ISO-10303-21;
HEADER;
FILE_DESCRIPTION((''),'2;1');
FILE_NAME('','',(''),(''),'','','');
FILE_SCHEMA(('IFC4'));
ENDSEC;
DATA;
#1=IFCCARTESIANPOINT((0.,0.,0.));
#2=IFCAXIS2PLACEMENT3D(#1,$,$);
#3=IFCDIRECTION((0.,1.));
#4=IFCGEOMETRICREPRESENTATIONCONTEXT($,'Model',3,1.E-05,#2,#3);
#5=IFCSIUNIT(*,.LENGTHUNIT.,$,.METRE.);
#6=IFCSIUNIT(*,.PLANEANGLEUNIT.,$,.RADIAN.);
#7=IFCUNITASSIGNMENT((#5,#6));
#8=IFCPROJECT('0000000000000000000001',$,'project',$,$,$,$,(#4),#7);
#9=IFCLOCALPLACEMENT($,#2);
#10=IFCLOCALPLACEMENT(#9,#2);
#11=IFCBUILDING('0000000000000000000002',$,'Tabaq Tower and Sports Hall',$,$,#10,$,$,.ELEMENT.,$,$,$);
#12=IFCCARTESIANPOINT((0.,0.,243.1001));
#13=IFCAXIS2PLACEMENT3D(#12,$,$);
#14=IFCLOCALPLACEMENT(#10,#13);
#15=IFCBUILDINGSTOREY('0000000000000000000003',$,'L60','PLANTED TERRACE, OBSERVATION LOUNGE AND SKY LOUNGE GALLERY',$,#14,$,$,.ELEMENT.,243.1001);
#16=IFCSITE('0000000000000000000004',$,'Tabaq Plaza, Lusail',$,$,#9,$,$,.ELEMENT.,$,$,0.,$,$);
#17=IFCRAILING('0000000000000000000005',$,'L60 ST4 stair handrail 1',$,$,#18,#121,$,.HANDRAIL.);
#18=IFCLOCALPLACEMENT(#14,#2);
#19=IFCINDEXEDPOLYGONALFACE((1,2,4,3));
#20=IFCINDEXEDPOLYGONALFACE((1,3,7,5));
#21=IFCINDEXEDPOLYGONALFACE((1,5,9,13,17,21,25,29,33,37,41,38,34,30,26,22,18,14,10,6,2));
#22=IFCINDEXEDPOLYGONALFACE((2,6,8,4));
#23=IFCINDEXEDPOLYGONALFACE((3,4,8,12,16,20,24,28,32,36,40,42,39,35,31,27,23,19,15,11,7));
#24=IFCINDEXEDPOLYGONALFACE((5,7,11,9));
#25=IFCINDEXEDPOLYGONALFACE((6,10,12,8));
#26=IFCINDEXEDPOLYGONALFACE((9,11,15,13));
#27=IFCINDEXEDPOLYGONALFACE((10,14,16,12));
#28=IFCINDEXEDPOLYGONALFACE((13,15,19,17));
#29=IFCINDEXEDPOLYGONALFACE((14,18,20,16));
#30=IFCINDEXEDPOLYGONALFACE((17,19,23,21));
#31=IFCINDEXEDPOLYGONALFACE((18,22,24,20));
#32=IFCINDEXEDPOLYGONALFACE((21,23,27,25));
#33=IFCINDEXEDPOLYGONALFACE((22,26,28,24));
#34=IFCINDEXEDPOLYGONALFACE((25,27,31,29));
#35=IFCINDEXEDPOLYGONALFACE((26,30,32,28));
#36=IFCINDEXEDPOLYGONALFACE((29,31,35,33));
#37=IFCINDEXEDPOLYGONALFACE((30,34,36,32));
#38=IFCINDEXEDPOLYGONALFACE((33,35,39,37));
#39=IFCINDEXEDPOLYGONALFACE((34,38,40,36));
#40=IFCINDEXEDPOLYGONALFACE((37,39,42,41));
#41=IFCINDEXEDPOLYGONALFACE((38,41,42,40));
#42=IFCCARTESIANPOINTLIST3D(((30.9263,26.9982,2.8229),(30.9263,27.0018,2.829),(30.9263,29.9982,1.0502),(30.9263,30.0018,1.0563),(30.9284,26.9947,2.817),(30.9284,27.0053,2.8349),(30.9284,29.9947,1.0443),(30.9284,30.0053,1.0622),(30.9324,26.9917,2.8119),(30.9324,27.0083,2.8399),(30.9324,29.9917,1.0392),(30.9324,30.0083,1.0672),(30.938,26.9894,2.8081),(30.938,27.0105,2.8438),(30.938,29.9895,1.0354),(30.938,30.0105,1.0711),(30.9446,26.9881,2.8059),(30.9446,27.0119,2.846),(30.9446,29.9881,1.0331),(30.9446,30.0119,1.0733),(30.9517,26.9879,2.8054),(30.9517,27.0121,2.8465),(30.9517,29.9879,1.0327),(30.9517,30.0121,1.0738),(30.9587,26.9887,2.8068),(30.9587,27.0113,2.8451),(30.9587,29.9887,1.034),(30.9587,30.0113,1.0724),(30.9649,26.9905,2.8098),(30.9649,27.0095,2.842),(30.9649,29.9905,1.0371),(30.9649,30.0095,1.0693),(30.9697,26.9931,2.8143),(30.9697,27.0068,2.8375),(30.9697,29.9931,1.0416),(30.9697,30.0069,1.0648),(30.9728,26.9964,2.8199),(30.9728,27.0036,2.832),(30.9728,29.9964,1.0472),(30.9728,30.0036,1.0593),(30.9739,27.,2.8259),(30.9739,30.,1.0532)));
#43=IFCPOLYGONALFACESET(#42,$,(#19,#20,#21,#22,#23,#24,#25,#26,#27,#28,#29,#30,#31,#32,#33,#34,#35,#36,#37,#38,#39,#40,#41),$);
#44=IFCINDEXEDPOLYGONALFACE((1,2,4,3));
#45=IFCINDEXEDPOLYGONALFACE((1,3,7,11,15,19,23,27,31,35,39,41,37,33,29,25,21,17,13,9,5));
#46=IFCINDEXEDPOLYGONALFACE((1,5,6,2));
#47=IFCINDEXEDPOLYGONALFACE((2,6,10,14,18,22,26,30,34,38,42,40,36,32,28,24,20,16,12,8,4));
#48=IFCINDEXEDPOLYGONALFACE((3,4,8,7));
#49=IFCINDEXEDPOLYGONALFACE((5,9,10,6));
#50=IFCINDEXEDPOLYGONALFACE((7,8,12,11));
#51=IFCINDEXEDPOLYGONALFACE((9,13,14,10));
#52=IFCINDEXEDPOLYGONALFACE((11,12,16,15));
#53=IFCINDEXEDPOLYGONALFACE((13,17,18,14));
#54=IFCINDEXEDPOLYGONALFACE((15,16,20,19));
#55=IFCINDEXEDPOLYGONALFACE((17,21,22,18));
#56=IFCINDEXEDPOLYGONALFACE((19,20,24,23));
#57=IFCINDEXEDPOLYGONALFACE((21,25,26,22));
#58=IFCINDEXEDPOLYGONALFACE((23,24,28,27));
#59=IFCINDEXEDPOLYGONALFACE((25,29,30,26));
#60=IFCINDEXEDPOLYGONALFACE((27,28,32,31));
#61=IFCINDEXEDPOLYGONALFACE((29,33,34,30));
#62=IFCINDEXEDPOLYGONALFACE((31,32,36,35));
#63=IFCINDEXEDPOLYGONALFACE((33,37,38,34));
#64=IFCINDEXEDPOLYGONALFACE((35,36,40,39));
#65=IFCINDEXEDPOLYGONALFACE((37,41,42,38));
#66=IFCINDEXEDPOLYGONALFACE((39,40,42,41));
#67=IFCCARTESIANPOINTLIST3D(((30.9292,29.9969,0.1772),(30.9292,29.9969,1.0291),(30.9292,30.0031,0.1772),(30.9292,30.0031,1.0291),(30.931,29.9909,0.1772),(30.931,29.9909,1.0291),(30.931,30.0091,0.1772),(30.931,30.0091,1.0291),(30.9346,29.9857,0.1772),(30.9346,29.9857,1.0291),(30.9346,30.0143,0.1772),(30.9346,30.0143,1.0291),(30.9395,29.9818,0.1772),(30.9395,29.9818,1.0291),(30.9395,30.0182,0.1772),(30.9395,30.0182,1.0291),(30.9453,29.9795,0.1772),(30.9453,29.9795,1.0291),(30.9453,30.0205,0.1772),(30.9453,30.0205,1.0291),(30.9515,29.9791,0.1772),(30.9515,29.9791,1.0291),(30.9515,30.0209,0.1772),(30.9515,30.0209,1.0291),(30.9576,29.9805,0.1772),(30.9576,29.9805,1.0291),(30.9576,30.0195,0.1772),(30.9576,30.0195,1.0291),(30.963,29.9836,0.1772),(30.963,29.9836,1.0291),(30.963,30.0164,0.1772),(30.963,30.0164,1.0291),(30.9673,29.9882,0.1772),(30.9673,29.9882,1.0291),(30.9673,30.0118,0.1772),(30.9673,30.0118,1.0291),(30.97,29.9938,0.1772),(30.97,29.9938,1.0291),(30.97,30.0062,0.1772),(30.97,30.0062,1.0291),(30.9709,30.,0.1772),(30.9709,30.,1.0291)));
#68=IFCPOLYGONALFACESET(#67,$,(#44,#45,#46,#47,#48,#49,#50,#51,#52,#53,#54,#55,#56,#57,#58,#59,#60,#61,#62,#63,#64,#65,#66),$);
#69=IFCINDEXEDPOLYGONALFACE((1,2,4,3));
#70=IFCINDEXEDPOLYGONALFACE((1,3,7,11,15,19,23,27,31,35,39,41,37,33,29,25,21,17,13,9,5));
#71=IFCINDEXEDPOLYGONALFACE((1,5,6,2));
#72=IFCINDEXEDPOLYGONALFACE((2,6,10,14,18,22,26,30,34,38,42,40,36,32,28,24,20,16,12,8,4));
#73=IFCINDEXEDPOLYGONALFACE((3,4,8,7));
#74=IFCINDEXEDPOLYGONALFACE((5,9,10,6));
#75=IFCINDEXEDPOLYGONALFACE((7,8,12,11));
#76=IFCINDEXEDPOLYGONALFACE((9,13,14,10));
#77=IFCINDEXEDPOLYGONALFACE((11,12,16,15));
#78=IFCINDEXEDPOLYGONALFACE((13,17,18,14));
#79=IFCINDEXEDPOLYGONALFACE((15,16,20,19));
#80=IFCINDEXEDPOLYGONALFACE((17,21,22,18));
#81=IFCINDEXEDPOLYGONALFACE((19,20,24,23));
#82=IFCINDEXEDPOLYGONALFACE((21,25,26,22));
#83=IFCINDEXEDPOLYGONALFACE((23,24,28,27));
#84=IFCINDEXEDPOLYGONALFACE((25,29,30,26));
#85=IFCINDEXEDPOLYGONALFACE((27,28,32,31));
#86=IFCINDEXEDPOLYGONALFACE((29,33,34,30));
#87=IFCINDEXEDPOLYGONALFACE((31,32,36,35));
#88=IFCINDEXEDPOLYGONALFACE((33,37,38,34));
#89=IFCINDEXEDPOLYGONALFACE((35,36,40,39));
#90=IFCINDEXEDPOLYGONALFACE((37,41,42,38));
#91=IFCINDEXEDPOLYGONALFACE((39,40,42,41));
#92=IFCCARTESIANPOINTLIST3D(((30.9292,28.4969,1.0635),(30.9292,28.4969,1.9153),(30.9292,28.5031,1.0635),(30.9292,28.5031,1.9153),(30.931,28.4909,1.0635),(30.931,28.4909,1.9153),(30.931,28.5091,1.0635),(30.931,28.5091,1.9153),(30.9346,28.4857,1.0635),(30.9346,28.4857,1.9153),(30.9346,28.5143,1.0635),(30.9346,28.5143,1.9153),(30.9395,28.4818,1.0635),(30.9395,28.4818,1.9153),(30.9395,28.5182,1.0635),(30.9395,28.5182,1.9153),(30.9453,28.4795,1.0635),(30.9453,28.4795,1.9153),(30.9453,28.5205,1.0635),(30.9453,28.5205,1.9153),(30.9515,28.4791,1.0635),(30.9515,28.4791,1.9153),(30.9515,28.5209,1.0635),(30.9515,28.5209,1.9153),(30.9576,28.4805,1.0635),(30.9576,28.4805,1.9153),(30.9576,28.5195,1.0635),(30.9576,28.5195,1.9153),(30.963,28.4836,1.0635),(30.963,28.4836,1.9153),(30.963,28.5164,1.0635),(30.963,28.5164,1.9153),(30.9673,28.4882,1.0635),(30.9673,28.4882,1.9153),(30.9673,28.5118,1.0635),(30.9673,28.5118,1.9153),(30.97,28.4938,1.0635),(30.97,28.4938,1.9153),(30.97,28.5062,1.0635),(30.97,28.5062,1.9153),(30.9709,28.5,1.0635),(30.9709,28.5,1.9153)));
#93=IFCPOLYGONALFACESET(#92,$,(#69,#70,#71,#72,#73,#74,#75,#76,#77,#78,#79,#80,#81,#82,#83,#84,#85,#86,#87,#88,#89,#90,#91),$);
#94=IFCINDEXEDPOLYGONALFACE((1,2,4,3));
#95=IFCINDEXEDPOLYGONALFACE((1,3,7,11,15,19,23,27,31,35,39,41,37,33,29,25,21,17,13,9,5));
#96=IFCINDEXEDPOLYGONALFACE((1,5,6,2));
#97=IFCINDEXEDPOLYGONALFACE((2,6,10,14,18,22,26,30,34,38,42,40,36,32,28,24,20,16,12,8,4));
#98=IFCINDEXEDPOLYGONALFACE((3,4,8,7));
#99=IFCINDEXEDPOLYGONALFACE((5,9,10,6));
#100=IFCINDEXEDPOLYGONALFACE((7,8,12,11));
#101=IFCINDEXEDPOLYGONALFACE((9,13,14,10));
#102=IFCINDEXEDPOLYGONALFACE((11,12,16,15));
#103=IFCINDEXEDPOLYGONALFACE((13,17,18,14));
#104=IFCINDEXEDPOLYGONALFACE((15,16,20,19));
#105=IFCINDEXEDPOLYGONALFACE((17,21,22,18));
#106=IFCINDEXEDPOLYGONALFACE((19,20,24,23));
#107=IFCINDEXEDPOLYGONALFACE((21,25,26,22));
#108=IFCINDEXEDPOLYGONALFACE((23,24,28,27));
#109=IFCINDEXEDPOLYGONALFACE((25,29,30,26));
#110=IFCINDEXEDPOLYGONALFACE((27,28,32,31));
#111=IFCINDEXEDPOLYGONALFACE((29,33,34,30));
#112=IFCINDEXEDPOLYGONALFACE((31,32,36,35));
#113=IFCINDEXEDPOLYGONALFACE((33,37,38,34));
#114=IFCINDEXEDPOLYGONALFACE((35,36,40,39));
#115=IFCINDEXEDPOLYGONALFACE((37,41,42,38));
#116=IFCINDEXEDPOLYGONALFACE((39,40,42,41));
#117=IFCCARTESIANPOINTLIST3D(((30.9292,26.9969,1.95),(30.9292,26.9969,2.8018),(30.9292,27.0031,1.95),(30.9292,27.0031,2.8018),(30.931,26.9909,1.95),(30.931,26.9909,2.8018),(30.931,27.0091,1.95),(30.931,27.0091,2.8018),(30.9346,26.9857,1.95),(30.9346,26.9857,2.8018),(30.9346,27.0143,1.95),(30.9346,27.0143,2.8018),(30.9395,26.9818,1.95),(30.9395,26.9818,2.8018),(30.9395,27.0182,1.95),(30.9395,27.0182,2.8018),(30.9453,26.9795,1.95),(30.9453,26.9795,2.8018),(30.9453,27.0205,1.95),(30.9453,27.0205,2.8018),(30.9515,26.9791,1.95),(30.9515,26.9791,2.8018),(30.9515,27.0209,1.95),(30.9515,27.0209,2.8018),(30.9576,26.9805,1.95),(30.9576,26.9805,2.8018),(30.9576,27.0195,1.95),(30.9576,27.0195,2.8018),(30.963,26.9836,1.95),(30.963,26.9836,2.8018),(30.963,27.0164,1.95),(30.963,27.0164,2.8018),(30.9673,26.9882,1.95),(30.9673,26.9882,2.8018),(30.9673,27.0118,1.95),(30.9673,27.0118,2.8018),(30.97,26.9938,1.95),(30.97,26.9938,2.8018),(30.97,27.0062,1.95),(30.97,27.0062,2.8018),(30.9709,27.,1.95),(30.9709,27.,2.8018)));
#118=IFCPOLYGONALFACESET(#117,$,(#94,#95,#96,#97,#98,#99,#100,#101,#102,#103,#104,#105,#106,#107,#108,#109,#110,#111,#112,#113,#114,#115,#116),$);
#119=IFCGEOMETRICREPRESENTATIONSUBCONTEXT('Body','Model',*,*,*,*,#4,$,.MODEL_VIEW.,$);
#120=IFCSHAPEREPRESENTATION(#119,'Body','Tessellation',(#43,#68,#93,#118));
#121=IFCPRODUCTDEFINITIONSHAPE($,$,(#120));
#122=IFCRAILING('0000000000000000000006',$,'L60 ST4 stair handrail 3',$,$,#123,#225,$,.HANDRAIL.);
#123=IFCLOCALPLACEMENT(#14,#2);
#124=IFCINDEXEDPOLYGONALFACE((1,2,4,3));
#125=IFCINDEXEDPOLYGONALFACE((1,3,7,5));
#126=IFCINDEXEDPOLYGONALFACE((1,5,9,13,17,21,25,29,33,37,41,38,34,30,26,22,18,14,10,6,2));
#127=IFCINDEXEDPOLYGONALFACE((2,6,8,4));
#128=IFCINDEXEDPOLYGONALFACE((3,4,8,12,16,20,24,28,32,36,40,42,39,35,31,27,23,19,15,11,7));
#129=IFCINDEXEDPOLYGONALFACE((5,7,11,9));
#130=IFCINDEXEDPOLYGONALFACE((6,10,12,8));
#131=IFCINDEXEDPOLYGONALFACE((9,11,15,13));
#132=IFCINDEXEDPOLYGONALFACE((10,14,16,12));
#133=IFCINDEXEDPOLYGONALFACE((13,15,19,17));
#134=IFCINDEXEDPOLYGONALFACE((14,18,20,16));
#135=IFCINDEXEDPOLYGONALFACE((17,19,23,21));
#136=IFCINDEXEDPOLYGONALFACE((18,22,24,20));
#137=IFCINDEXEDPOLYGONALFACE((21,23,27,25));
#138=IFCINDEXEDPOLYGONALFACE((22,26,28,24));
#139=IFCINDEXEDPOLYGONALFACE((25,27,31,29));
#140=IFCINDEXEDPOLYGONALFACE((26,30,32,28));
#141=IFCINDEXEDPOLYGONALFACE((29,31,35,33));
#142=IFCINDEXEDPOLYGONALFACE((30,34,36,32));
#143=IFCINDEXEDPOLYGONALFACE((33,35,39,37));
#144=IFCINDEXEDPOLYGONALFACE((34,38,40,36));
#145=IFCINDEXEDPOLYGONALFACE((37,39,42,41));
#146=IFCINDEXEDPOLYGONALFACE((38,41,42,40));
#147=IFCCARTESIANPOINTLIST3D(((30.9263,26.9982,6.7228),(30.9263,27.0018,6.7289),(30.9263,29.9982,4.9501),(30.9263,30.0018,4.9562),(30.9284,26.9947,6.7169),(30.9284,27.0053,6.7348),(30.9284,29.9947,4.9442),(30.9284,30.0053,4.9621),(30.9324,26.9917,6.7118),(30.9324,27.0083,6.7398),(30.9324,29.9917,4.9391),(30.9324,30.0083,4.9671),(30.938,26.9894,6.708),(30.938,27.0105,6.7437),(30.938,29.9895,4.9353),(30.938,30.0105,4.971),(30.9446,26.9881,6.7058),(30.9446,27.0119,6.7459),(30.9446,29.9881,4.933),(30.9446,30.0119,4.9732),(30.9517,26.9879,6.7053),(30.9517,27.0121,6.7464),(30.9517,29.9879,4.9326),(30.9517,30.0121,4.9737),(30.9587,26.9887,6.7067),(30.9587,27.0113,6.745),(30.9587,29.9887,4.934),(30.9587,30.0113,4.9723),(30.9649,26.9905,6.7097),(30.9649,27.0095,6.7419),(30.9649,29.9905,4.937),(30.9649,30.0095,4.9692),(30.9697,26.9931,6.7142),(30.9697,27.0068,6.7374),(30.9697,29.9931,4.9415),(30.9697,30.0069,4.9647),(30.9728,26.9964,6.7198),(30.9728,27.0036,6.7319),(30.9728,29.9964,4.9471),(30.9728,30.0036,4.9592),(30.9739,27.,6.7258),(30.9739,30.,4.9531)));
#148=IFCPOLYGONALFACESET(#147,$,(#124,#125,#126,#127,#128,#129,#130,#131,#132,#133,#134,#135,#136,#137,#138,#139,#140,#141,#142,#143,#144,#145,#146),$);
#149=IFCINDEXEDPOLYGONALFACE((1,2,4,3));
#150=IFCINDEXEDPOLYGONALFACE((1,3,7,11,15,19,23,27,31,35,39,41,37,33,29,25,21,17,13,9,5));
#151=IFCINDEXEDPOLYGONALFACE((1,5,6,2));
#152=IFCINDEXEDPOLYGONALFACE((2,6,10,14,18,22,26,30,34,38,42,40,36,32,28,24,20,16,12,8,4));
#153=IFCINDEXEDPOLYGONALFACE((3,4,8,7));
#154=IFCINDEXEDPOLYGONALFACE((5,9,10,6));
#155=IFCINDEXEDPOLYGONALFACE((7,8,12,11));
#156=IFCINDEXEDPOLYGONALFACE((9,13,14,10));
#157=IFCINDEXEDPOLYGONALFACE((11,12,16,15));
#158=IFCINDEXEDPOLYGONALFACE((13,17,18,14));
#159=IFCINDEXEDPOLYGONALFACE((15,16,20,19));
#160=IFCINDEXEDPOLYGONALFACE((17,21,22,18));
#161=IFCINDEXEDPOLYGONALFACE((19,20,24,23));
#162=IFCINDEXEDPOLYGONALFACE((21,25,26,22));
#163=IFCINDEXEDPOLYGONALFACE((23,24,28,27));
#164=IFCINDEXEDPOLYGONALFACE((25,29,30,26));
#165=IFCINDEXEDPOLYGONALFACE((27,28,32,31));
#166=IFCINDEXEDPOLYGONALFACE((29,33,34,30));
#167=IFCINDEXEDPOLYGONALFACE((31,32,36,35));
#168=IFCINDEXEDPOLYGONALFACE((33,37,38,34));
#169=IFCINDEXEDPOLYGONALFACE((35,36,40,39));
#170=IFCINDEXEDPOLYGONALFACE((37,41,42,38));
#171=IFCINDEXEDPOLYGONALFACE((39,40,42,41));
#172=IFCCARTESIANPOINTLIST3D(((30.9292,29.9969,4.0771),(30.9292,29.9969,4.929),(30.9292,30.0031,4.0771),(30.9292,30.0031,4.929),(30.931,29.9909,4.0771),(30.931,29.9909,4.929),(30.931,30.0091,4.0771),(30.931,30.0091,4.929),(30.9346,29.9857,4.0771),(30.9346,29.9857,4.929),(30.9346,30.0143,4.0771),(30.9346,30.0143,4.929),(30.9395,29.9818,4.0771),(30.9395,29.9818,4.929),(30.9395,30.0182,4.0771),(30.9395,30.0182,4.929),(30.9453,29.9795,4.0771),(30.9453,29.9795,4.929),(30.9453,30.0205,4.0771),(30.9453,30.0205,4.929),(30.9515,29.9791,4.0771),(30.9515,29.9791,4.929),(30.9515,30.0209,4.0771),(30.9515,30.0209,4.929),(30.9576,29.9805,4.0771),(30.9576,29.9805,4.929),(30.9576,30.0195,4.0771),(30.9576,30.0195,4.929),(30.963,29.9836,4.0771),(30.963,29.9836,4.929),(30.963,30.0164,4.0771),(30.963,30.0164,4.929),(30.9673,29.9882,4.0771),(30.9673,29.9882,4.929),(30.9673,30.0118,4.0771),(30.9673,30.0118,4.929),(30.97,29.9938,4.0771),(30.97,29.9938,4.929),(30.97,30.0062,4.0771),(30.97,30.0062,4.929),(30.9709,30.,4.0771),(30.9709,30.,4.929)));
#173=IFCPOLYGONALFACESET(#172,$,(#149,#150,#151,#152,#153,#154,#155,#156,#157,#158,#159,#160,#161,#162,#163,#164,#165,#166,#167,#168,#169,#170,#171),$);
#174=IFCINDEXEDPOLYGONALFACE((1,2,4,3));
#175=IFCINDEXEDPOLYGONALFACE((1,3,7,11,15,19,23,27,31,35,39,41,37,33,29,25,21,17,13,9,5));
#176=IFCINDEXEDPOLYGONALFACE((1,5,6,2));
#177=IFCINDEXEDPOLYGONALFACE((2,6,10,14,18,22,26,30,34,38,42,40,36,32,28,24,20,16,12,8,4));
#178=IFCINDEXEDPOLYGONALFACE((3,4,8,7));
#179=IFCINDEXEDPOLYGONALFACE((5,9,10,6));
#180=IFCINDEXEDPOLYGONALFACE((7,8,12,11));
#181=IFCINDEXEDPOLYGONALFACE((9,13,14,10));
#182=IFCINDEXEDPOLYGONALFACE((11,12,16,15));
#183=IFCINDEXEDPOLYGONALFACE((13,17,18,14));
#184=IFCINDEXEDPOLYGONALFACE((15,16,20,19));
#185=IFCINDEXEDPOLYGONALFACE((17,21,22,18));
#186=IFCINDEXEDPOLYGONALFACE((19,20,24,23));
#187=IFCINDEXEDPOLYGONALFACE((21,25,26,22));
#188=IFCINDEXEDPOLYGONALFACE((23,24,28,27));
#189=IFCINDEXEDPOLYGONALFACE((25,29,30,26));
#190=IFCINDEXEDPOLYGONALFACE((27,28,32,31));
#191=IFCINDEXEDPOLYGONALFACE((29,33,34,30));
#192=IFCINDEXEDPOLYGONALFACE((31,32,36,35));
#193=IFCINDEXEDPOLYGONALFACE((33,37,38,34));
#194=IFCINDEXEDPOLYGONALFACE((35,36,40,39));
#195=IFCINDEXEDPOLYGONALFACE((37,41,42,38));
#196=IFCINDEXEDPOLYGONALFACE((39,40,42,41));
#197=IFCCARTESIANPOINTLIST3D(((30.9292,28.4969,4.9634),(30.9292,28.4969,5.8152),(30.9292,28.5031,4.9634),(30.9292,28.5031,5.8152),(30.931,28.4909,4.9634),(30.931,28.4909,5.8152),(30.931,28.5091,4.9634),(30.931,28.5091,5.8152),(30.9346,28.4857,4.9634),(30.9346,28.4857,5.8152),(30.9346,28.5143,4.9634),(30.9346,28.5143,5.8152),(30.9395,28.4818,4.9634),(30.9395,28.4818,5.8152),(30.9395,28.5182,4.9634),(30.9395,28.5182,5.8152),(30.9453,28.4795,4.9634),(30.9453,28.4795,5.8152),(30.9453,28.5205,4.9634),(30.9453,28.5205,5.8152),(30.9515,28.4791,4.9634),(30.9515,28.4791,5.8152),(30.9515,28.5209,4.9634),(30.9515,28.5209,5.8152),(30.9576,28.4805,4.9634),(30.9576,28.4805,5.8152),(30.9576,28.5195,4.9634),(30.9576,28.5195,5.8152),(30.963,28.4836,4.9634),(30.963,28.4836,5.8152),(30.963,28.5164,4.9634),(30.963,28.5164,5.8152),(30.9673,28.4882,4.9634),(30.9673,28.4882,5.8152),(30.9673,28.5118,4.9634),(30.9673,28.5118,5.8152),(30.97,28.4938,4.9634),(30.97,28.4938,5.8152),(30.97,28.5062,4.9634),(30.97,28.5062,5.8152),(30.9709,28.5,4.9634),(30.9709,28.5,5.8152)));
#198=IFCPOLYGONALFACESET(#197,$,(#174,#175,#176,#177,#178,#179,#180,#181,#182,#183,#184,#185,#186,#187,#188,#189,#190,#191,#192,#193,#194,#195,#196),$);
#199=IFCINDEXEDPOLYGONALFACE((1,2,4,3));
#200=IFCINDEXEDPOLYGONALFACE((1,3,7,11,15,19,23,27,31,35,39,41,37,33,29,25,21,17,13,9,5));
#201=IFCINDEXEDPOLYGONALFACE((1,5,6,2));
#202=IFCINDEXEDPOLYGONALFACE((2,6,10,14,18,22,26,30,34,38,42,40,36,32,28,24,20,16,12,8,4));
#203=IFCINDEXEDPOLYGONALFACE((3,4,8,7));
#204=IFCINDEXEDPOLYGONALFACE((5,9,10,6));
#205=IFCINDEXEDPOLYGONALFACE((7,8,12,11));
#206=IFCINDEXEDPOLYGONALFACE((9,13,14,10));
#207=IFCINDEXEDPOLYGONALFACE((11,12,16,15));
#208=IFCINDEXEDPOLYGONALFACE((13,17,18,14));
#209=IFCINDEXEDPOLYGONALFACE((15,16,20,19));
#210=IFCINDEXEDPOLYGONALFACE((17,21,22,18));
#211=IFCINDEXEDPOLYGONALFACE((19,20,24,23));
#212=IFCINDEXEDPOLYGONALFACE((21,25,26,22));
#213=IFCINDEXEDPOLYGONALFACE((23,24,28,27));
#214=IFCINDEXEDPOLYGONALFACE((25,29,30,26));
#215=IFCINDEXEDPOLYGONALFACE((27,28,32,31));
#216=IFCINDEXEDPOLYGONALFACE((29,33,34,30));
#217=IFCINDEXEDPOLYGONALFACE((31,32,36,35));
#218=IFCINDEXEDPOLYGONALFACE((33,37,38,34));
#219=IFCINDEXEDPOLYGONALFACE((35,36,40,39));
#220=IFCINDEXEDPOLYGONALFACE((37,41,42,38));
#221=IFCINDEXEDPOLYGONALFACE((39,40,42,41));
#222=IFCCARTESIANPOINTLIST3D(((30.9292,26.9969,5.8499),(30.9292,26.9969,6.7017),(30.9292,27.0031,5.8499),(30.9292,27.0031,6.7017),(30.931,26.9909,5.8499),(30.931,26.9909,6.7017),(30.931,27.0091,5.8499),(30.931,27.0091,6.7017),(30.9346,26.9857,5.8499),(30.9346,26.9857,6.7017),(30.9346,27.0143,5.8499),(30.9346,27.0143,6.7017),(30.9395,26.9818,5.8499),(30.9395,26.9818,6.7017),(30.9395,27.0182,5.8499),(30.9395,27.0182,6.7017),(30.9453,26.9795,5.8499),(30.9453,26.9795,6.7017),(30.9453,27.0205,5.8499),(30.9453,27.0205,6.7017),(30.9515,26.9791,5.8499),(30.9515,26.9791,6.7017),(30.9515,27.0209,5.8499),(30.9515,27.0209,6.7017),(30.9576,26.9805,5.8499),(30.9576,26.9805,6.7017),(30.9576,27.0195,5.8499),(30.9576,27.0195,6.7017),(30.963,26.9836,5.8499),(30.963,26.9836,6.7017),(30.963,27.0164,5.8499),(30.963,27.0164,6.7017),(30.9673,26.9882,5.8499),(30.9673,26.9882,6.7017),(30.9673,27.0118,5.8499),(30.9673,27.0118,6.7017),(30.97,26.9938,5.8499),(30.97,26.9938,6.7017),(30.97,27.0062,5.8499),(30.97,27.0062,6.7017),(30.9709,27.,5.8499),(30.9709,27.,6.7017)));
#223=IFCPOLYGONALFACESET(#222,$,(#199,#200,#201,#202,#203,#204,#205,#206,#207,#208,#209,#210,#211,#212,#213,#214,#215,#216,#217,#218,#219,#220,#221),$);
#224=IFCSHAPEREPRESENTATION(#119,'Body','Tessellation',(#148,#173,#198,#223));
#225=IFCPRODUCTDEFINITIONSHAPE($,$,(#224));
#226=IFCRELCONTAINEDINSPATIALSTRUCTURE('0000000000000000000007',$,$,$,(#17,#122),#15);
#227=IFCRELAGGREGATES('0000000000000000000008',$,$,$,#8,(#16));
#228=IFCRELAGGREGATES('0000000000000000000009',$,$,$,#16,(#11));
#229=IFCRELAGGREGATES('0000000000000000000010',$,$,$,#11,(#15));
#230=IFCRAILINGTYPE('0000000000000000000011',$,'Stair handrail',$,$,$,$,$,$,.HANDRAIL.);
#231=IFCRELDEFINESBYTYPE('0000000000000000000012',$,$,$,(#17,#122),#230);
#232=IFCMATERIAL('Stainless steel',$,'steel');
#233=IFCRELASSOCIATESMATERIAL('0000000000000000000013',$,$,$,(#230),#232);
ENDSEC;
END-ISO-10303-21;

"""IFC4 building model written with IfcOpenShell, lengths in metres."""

from ifc_helpers import new_model, si_unit, direction, frame, origin, origin_2d, place, context, subcontext, project, spatial, circle, extrude, material, type_object, element, save


model = new_model("IFC4")

# Units and contexts
model_context = context("Model", 3, precision=1e-05, world=origin(), true_north=direction((0.0, 1.0)))
body_context = subcontext(model_context, "Body", "Model", "MODEL_VIEW")
ifc_project = project(units=[si_unit("LENGTHUNIT", "METRE"), si_unit("PLANEANGLEUNIT", "RADIAN")], contexts=[model_context])

# Site, building, storey
site_placement = place(None, origin())
site = spatial("IfcSite", under=ifc_project, at=site_placement, Name="Tabaq Plaza, Lusail", CompositionType="ELEMENT", RefElevation=0.0)
building_placement = place(site_placement, origin())
building = spatial("IfcBuilding", under=site, at=building_placement, Name="Tabaq Tower and Sports Hall", CompositionType="ELEMENT")
storey_placement = place(building_placement, frame((0.0, 0.0, 243.1001)))
storey = spatial("IfcBuildingStorey", under=building, at=storey_placement, Name="L60", Description="PLANTED TERRACE, OBSERVATION LOUNGE AND SKY LOUNGE GALLERY", CompositionType="ELEMENT", Elevation=243.1001)

# Railings
ifc_material_1 = material(Name="Stainless steel", Category="steel")
railing_type_1 = type_object("IfcRailingType", Name="Stair handrail", PredefinedType="HANDRAIL", material=ifc_material_1)
for number, where, name in (
    (1, (30.95, 30.0, 0.1772), "L60 ST4 stair handrail 1"),
    (2, (30.95, 30.0, 4.0771), "L60 ST4 stair handrail 3"),
):
    element("IfcRailing", number, at=place(storey_placement, frame(where)), inside=storey, type_object=railing_type_1, Name=name, PredefinedType="HANDRAIL", context=body_context, shape_type="SweptSolid", body=[
        extrude(circle(Radius=0.0239, at=origin_2d()), frame((0.0, 0.0, 0.876), z_axis=(0.0, -0.860929, 0.508725), x_axis=(1.0, 0.0, 0.0)), (0.0, 0.0, 1.0), 3.4846),
        extrude(circle(Radius=0.021, at=origin_2d()), origin(), (0.0, 0.0, 1.0), 0.8518),
        extrude(circle(Radius=0.021, at=origin_2d()), frame((0.0, -1.5, 0.8862)), (0.0, 0.0, 1.0), 0.8518),
        extrude(circle(Radius=0.021, at=origin_2d()), frame((0.0, -3.0, 1.7727)), (0.0, 0.0, 1.0), 0.8518),
    ])

save(model, "model.ifc")
